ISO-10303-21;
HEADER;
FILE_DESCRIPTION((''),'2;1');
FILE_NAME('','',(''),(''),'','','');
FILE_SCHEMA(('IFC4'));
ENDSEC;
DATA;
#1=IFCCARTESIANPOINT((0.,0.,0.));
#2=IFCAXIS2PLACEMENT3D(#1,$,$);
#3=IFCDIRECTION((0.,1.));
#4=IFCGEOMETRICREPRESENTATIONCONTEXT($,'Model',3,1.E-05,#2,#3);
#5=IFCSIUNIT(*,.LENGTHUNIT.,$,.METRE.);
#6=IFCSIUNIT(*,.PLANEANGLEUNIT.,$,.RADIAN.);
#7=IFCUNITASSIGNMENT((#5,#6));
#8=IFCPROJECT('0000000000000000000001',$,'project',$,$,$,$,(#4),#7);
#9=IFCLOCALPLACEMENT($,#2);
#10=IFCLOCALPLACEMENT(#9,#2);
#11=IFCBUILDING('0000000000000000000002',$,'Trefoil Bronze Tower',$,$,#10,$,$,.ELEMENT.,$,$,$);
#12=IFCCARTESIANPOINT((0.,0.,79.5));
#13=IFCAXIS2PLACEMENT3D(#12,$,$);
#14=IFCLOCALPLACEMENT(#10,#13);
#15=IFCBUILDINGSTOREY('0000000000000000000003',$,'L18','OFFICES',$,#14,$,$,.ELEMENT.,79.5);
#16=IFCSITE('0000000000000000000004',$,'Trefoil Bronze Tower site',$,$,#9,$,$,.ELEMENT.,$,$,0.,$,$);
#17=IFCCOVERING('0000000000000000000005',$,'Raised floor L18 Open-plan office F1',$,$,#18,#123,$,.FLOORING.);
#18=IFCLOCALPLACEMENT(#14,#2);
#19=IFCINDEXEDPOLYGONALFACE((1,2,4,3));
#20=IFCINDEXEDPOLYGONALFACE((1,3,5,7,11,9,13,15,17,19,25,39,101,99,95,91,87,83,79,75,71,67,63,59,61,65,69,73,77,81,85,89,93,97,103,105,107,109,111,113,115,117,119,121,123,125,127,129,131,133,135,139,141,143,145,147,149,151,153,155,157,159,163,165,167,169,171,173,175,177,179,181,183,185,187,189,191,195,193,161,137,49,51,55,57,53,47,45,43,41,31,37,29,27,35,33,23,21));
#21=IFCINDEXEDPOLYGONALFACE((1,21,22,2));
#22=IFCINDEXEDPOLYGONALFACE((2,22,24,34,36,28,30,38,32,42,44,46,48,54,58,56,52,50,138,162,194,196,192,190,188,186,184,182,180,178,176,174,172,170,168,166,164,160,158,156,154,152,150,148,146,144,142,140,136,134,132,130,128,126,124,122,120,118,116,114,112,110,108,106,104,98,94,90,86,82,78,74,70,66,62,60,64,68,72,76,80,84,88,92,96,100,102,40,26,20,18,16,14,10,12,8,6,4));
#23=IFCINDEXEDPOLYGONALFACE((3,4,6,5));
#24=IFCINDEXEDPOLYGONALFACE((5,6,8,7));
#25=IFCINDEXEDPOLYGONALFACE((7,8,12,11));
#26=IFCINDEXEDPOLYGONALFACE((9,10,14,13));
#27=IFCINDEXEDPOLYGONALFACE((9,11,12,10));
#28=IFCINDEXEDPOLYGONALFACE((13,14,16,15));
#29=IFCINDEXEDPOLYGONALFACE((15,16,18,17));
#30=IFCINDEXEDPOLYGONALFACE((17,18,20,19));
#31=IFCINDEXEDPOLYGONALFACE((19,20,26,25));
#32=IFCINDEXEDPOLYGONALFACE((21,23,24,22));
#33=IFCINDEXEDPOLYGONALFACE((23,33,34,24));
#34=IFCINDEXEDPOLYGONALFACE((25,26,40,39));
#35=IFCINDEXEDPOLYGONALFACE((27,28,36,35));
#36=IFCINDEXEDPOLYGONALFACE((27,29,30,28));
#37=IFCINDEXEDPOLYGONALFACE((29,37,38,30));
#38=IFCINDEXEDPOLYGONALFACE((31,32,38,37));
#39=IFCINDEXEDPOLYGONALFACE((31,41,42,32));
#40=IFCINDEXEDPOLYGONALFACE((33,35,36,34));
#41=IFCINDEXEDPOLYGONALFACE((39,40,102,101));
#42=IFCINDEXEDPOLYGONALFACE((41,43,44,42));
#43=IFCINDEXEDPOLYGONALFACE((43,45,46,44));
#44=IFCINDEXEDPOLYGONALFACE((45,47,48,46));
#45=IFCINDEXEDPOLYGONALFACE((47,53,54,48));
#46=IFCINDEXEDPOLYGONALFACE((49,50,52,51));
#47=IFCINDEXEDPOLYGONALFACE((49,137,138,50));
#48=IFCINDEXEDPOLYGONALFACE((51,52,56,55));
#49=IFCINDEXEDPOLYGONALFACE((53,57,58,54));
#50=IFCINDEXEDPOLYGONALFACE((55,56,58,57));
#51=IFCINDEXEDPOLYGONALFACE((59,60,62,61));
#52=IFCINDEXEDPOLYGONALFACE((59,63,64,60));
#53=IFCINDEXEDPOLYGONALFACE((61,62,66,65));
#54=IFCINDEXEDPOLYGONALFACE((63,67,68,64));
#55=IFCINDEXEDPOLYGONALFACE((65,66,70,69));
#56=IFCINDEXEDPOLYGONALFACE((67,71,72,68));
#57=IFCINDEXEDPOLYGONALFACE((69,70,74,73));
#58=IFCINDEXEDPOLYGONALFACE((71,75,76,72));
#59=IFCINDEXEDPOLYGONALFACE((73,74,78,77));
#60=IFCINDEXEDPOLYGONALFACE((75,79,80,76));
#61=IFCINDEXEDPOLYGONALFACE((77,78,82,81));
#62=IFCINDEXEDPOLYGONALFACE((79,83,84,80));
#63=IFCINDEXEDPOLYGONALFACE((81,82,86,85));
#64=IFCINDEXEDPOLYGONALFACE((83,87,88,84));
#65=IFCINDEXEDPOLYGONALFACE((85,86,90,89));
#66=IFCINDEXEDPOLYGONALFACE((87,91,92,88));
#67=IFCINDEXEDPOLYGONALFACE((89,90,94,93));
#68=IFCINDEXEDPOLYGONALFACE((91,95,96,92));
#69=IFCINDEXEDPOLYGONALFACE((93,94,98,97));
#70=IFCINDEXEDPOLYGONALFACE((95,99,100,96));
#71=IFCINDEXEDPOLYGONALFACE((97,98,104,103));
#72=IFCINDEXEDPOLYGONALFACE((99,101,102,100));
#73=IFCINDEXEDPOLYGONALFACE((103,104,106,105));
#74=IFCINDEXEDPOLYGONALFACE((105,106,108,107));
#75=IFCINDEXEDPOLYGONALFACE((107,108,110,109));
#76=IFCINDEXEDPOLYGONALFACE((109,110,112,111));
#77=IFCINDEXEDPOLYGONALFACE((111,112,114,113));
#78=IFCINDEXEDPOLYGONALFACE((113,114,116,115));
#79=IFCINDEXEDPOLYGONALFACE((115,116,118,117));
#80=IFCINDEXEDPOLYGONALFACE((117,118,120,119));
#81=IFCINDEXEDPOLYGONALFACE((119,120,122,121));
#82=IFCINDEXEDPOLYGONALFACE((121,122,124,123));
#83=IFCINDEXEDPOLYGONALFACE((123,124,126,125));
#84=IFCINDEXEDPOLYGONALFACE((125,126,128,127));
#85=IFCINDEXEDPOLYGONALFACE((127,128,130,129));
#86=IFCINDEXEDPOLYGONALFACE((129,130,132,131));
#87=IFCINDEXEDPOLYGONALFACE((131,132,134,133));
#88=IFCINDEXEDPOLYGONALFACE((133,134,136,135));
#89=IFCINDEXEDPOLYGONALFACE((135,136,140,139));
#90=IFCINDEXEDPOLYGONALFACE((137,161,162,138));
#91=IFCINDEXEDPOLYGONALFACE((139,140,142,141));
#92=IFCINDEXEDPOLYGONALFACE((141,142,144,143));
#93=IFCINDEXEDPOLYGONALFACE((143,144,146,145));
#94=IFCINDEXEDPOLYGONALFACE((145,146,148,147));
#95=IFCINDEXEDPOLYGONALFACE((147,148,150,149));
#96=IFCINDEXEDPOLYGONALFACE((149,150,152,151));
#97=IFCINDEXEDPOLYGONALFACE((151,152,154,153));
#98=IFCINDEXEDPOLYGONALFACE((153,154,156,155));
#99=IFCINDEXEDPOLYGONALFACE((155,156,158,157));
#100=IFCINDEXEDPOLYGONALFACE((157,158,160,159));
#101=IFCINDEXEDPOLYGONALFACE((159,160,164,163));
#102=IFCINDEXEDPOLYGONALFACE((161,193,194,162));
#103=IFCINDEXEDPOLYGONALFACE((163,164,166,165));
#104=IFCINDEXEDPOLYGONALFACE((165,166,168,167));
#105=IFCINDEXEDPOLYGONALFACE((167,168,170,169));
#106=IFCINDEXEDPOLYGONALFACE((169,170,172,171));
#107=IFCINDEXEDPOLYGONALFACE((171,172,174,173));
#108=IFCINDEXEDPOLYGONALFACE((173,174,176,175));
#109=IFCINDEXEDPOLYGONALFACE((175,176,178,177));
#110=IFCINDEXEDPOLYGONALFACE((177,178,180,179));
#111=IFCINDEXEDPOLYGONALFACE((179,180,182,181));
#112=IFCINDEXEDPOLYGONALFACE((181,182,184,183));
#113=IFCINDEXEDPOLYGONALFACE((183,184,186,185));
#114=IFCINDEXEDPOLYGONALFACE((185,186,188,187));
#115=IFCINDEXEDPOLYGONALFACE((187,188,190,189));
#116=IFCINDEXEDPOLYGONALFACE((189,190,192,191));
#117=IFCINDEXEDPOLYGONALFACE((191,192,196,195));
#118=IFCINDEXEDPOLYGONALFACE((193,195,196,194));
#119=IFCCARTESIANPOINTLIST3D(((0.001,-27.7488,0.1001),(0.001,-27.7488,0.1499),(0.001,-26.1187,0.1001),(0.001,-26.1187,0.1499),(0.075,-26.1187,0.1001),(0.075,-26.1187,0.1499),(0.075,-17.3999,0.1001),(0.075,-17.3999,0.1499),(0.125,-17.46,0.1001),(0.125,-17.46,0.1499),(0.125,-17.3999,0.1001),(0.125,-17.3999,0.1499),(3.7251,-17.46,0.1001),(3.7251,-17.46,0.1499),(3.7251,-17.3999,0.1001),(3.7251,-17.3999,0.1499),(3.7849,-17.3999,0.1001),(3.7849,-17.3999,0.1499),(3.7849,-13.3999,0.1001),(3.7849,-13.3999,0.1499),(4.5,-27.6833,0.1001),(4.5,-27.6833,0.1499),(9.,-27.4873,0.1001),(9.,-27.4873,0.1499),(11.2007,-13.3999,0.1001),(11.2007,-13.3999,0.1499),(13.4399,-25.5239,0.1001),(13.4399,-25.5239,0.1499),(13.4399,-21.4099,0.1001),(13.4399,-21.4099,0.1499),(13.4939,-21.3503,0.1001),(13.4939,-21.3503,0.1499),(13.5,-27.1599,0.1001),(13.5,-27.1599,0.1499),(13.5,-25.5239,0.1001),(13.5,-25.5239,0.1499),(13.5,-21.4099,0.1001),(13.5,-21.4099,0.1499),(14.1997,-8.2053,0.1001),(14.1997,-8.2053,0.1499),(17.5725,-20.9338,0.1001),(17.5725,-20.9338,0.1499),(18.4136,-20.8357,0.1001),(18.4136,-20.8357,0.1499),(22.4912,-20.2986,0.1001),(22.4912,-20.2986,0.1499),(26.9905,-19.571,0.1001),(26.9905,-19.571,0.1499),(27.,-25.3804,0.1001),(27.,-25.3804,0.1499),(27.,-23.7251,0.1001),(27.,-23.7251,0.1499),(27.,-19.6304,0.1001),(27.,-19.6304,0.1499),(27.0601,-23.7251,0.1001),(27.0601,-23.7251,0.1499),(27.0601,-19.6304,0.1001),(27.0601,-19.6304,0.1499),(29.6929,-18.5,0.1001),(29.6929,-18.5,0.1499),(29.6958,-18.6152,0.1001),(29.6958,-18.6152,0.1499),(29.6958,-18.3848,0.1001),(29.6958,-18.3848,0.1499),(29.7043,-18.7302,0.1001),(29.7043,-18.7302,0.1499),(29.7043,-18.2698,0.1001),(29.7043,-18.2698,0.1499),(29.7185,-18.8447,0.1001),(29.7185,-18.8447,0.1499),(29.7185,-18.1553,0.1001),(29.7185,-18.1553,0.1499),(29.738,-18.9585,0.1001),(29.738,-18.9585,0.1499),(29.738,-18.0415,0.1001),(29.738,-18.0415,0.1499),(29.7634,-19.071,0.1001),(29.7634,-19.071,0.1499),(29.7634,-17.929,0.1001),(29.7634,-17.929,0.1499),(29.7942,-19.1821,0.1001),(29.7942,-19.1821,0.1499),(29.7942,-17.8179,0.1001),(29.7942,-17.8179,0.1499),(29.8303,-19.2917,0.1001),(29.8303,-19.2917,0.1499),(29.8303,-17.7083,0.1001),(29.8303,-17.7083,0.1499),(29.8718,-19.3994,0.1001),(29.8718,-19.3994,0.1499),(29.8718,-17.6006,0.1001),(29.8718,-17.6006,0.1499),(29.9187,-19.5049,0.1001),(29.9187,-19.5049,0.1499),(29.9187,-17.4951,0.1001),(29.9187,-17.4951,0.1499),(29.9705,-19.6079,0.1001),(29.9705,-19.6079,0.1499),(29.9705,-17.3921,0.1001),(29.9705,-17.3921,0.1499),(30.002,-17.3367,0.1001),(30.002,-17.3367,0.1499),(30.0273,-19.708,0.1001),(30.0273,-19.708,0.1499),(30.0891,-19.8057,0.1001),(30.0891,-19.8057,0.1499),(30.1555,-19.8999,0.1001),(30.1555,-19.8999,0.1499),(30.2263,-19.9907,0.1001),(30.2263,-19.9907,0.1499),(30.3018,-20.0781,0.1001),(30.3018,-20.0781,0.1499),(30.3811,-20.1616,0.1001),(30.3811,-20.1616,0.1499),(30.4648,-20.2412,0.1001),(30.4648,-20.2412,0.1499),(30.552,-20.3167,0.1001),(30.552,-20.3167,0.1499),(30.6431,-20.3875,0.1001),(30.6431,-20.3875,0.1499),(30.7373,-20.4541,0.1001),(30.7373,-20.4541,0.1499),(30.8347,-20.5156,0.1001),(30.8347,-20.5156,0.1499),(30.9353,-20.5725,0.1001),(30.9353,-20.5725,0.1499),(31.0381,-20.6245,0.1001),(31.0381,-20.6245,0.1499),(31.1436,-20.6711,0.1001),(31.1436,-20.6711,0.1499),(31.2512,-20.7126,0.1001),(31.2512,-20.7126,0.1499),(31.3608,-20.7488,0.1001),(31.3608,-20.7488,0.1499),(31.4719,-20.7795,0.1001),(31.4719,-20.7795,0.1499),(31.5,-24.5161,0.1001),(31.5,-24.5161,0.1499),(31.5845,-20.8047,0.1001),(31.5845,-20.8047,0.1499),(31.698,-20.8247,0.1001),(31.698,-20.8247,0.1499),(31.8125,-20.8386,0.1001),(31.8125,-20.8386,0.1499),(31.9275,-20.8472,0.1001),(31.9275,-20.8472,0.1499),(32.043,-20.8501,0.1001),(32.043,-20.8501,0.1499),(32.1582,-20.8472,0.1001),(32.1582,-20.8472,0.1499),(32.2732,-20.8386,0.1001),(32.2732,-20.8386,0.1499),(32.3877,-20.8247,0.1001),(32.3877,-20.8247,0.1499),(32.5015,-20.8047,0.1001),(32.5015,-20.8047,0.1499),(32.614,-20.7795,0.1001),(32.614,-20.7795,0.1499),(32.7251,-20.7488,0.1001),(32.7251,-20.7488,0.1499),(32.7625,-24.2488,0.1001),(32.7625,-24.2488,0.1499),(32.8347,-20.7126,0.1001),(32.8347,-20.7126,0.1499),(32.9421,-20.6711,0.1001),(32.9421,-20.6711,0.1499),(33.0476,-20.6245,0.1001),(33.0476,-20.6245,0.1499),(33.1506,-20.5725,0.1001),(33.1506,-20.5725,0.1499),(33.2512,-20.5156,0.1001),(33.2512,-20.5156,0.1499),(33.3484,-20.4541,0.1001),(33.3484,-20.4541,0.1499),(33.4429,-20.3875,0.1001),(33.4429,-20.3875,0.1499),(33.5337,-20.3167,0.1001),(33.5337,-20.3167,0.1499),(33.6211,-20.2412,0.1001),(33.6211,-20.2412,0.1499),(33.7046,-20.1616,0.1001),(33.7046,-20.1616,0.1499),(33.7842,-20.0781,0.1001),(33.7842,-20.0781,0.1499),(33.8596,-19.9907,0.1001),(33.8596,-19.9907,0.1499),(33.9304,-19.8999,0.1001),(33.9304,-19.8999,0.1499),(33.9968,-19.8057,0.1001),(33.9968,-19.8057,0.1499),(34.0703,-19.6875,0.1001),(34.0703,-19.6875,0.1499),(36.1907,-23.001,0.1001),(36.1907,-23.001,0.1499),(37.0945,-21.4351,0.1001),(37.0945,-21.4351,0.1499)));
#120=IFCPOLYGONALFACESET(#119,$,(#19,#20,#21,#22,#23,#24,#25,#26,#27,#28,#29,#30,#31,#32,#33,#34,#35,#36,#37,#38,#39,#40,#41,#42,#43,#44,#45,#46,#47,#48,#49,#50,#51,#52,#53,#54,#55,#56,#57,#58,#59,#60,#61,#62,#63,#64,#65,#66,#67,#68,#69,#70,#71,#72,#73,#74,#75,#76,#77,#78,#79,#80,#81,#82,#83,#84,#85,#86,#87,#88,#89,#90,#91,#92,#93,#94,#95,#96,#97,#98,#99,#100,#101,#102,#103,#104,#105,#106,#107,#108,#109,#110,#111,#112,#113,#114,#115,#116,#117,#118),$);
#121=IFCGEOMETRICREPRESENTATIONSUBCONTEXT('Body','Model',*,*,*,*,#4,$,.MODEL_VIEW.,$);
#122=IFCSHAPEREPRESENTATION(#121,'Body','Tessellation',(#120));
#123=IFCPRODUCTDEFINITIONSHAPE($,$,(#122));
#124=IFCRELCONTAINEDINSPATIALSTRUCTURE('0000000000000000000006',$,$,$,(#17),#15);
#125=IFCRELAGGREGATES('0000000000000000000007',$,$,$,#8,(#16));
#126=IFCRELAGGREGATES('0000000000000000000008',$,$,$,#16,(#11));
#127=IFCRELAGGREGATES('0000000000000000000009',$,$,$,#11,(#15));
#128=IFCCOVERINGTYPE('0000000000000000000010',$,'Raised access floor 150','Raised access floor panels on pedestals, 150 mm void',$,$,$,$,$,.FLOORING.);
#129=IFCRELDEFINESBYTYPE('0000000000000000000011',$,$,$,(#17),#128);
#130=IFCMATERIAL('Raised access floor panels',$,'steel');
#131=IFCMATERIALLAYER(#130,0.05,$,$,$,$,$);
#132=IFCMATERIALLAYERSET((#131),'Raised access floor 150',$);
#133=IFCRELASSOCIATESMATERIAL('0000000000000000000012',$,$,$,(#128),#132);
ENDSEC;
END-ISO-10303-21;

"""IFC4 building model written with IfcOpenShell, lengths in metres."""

from ifc_helpers import new_model, si_unit, direction, frame, origin, place, context, subcontext, project, spatial, polyline, outline, extrude, material, layer, layer_set, type_object, element, save


model = new_model("IFC4")

# Units and contexts
model_context = context("Model", 3, precision=1e-05, world=origin(), true_north=direction((0.0, 1.0)))
body_context = subcontext(model_context, "Body", "Model", "MODEL_VIEW")
ifc_project = project(units=[si_unit("LENGTHUNIT", "METRE"), si_unit("PLANEANGLEUNIT", "RADIAN")], contexts=[model_context])

# Site, building, storey
site_placement = place(None, origin())
site = spatial("IfcSite", under=ifc_project, at=site_placement, Name="Trefoil Bronze Tower site", CompositionType="ELEMENT", RefElevation=0.0)
building_placement = place(site_placement, origin())
building = spatial("IfcBuilding", under=site, at=building_placement, Name="Trefoil Bronze Tower", CompositionType="ELEMENT")
storey_placement = place(building_placement, frame((0.0, 0.0, 79.5)))
storey = spatial("IfcBuildingStorey", under=building, at=storey_placement, Name="L18", Description="OFFICES", CompositionType="ELEMENT", Elevation=79.5)

# Covering
ifc_material_1 = material(Name="Raised access floor panels", Category="steel")
ifc_layer_1 = layer(ifc_material_1, 0.05)
ifc_layer_set_1 = layer_set([ifc_layer_1], Name="Raised access floor 150")
covering_type_1 = type_object("IfcCoveringType", Name="Raised access floor 150", Description="Raised access floor panels on pedestals, 150 mm void", PredefinedType="FLOORING", material=ifc_layer_set_1)
covering_1_placement = place(storey_placement, frame((0.0, 0.0, 0.1001)))
element("IfcCovering", 1, at=covering_1_placement, inside=storey, type_object=covering_type_1, Name="Raised floor L18 Open-plan office F1", PredefinedType="FLOORING", context=body_context, shape_type="SweptSolid", body=[
    extrude(outline(polyline([(9.0, -27.4873), (4.5, -27.6833), (0.001, -27.7488), (0.001, -26.1187), (0.075, -26.1187), (0.075, -17.3999), (0.125, -17.3999), (0.125, -17.46), (3.7251, -17.46), (3.7251, -17.3999), (3.7849, -17.3999), (3.7849, -13.3999), (11.2007, -13.3999), (14.1997, -8.2053), (30.002, -17.3367), (29.9705, -17.3921), (29.9187, -17.4951), (29.8718, -17.6006), (29.8303, -17.7083), (29.7942, -17.8179), (29.7634, -17.929), (29.738, -18.0415), (29.7185, -18.1553), (29.7043, -18.2698), (29.6958, -18.3848), (29.6929, -18.5), (29.6958, -18.6152), (29.7043, -18.7302), (29.7185, -18.8447), (29.738, -18.9585), (29.7634, -19.071), (29.7942, -19.1821), (29.8303, -19.2917), (29.8718, -19.3994), (29.9187, -19.5049), (29.9705, -19.6079), (30.0273, -19.708), (30.0891, -19.8057), (30.1555, -19.8999), (30.2263, -19.9907), (30.3018, -20.0781), (30.3811, -20.1616), (30.4648, -20.2412), (30.552, -20.3167), (30.6431, -20.3875), (30.7373, -20.4541), (30.8347, -20.5156), (30.9353, -20.5725), (31.0381, -20.6245), (31.1436, -20.6711), (31.2512, -20.7126), (31.3608, -20.7488), (31.4719, -20.7795), (31.5845, -20.8047), (31.698, -20.8247), (31.8125, -20.8386), (31.9275, -20.8472), (32.043, -20.8501), (32.1582, -20.8472), (32.2732, -20.8386), (32.3877, -20.8247), (32.5015, -20.8047), (32.614, -20.7795), (32.7251, -20.7488), (32.8347, -20.7126), (32.9421, -20.6711), (33.0476, -20.6245), (33.1506, -20.5725), (33.2512, -20.5156), (33.3484, -20.4541), (33.4429, -20.3875), (33.5337, -20.3167), (33.6211, -20.2412), (33.7046, -20.1616), (33.7842, -20.0781), (33.8596, -19.9907), (33.9304, -19.8999), (33.9968, -19.8057), (34.0703, -19.6875), (37.0945, -21.4351), (36.1907, -23.001), (32.7625, -24.2488), (31.5, -24.5161), (27.0, -25.3804), (27.0, -23.7251), (27.0601, -23.7251), (27.0601, -19.6304), (27.0, -19.6304), (26.9905, -19.571), (22.4912, -20.2986), (18.4136, -20.8357), (17.5725, -20.9338), (13.4939, -21.3503), (13.5, -21.4099), (13.4399, -21.4099), (13.4399, -25.5239), (13.5, -25.5239), (13.5, -27.1599), (9.0, -27.4873)])), origin(), (0.0, 0.0, 1.0), 0.0498),
])

save(model, "model.ifc")
